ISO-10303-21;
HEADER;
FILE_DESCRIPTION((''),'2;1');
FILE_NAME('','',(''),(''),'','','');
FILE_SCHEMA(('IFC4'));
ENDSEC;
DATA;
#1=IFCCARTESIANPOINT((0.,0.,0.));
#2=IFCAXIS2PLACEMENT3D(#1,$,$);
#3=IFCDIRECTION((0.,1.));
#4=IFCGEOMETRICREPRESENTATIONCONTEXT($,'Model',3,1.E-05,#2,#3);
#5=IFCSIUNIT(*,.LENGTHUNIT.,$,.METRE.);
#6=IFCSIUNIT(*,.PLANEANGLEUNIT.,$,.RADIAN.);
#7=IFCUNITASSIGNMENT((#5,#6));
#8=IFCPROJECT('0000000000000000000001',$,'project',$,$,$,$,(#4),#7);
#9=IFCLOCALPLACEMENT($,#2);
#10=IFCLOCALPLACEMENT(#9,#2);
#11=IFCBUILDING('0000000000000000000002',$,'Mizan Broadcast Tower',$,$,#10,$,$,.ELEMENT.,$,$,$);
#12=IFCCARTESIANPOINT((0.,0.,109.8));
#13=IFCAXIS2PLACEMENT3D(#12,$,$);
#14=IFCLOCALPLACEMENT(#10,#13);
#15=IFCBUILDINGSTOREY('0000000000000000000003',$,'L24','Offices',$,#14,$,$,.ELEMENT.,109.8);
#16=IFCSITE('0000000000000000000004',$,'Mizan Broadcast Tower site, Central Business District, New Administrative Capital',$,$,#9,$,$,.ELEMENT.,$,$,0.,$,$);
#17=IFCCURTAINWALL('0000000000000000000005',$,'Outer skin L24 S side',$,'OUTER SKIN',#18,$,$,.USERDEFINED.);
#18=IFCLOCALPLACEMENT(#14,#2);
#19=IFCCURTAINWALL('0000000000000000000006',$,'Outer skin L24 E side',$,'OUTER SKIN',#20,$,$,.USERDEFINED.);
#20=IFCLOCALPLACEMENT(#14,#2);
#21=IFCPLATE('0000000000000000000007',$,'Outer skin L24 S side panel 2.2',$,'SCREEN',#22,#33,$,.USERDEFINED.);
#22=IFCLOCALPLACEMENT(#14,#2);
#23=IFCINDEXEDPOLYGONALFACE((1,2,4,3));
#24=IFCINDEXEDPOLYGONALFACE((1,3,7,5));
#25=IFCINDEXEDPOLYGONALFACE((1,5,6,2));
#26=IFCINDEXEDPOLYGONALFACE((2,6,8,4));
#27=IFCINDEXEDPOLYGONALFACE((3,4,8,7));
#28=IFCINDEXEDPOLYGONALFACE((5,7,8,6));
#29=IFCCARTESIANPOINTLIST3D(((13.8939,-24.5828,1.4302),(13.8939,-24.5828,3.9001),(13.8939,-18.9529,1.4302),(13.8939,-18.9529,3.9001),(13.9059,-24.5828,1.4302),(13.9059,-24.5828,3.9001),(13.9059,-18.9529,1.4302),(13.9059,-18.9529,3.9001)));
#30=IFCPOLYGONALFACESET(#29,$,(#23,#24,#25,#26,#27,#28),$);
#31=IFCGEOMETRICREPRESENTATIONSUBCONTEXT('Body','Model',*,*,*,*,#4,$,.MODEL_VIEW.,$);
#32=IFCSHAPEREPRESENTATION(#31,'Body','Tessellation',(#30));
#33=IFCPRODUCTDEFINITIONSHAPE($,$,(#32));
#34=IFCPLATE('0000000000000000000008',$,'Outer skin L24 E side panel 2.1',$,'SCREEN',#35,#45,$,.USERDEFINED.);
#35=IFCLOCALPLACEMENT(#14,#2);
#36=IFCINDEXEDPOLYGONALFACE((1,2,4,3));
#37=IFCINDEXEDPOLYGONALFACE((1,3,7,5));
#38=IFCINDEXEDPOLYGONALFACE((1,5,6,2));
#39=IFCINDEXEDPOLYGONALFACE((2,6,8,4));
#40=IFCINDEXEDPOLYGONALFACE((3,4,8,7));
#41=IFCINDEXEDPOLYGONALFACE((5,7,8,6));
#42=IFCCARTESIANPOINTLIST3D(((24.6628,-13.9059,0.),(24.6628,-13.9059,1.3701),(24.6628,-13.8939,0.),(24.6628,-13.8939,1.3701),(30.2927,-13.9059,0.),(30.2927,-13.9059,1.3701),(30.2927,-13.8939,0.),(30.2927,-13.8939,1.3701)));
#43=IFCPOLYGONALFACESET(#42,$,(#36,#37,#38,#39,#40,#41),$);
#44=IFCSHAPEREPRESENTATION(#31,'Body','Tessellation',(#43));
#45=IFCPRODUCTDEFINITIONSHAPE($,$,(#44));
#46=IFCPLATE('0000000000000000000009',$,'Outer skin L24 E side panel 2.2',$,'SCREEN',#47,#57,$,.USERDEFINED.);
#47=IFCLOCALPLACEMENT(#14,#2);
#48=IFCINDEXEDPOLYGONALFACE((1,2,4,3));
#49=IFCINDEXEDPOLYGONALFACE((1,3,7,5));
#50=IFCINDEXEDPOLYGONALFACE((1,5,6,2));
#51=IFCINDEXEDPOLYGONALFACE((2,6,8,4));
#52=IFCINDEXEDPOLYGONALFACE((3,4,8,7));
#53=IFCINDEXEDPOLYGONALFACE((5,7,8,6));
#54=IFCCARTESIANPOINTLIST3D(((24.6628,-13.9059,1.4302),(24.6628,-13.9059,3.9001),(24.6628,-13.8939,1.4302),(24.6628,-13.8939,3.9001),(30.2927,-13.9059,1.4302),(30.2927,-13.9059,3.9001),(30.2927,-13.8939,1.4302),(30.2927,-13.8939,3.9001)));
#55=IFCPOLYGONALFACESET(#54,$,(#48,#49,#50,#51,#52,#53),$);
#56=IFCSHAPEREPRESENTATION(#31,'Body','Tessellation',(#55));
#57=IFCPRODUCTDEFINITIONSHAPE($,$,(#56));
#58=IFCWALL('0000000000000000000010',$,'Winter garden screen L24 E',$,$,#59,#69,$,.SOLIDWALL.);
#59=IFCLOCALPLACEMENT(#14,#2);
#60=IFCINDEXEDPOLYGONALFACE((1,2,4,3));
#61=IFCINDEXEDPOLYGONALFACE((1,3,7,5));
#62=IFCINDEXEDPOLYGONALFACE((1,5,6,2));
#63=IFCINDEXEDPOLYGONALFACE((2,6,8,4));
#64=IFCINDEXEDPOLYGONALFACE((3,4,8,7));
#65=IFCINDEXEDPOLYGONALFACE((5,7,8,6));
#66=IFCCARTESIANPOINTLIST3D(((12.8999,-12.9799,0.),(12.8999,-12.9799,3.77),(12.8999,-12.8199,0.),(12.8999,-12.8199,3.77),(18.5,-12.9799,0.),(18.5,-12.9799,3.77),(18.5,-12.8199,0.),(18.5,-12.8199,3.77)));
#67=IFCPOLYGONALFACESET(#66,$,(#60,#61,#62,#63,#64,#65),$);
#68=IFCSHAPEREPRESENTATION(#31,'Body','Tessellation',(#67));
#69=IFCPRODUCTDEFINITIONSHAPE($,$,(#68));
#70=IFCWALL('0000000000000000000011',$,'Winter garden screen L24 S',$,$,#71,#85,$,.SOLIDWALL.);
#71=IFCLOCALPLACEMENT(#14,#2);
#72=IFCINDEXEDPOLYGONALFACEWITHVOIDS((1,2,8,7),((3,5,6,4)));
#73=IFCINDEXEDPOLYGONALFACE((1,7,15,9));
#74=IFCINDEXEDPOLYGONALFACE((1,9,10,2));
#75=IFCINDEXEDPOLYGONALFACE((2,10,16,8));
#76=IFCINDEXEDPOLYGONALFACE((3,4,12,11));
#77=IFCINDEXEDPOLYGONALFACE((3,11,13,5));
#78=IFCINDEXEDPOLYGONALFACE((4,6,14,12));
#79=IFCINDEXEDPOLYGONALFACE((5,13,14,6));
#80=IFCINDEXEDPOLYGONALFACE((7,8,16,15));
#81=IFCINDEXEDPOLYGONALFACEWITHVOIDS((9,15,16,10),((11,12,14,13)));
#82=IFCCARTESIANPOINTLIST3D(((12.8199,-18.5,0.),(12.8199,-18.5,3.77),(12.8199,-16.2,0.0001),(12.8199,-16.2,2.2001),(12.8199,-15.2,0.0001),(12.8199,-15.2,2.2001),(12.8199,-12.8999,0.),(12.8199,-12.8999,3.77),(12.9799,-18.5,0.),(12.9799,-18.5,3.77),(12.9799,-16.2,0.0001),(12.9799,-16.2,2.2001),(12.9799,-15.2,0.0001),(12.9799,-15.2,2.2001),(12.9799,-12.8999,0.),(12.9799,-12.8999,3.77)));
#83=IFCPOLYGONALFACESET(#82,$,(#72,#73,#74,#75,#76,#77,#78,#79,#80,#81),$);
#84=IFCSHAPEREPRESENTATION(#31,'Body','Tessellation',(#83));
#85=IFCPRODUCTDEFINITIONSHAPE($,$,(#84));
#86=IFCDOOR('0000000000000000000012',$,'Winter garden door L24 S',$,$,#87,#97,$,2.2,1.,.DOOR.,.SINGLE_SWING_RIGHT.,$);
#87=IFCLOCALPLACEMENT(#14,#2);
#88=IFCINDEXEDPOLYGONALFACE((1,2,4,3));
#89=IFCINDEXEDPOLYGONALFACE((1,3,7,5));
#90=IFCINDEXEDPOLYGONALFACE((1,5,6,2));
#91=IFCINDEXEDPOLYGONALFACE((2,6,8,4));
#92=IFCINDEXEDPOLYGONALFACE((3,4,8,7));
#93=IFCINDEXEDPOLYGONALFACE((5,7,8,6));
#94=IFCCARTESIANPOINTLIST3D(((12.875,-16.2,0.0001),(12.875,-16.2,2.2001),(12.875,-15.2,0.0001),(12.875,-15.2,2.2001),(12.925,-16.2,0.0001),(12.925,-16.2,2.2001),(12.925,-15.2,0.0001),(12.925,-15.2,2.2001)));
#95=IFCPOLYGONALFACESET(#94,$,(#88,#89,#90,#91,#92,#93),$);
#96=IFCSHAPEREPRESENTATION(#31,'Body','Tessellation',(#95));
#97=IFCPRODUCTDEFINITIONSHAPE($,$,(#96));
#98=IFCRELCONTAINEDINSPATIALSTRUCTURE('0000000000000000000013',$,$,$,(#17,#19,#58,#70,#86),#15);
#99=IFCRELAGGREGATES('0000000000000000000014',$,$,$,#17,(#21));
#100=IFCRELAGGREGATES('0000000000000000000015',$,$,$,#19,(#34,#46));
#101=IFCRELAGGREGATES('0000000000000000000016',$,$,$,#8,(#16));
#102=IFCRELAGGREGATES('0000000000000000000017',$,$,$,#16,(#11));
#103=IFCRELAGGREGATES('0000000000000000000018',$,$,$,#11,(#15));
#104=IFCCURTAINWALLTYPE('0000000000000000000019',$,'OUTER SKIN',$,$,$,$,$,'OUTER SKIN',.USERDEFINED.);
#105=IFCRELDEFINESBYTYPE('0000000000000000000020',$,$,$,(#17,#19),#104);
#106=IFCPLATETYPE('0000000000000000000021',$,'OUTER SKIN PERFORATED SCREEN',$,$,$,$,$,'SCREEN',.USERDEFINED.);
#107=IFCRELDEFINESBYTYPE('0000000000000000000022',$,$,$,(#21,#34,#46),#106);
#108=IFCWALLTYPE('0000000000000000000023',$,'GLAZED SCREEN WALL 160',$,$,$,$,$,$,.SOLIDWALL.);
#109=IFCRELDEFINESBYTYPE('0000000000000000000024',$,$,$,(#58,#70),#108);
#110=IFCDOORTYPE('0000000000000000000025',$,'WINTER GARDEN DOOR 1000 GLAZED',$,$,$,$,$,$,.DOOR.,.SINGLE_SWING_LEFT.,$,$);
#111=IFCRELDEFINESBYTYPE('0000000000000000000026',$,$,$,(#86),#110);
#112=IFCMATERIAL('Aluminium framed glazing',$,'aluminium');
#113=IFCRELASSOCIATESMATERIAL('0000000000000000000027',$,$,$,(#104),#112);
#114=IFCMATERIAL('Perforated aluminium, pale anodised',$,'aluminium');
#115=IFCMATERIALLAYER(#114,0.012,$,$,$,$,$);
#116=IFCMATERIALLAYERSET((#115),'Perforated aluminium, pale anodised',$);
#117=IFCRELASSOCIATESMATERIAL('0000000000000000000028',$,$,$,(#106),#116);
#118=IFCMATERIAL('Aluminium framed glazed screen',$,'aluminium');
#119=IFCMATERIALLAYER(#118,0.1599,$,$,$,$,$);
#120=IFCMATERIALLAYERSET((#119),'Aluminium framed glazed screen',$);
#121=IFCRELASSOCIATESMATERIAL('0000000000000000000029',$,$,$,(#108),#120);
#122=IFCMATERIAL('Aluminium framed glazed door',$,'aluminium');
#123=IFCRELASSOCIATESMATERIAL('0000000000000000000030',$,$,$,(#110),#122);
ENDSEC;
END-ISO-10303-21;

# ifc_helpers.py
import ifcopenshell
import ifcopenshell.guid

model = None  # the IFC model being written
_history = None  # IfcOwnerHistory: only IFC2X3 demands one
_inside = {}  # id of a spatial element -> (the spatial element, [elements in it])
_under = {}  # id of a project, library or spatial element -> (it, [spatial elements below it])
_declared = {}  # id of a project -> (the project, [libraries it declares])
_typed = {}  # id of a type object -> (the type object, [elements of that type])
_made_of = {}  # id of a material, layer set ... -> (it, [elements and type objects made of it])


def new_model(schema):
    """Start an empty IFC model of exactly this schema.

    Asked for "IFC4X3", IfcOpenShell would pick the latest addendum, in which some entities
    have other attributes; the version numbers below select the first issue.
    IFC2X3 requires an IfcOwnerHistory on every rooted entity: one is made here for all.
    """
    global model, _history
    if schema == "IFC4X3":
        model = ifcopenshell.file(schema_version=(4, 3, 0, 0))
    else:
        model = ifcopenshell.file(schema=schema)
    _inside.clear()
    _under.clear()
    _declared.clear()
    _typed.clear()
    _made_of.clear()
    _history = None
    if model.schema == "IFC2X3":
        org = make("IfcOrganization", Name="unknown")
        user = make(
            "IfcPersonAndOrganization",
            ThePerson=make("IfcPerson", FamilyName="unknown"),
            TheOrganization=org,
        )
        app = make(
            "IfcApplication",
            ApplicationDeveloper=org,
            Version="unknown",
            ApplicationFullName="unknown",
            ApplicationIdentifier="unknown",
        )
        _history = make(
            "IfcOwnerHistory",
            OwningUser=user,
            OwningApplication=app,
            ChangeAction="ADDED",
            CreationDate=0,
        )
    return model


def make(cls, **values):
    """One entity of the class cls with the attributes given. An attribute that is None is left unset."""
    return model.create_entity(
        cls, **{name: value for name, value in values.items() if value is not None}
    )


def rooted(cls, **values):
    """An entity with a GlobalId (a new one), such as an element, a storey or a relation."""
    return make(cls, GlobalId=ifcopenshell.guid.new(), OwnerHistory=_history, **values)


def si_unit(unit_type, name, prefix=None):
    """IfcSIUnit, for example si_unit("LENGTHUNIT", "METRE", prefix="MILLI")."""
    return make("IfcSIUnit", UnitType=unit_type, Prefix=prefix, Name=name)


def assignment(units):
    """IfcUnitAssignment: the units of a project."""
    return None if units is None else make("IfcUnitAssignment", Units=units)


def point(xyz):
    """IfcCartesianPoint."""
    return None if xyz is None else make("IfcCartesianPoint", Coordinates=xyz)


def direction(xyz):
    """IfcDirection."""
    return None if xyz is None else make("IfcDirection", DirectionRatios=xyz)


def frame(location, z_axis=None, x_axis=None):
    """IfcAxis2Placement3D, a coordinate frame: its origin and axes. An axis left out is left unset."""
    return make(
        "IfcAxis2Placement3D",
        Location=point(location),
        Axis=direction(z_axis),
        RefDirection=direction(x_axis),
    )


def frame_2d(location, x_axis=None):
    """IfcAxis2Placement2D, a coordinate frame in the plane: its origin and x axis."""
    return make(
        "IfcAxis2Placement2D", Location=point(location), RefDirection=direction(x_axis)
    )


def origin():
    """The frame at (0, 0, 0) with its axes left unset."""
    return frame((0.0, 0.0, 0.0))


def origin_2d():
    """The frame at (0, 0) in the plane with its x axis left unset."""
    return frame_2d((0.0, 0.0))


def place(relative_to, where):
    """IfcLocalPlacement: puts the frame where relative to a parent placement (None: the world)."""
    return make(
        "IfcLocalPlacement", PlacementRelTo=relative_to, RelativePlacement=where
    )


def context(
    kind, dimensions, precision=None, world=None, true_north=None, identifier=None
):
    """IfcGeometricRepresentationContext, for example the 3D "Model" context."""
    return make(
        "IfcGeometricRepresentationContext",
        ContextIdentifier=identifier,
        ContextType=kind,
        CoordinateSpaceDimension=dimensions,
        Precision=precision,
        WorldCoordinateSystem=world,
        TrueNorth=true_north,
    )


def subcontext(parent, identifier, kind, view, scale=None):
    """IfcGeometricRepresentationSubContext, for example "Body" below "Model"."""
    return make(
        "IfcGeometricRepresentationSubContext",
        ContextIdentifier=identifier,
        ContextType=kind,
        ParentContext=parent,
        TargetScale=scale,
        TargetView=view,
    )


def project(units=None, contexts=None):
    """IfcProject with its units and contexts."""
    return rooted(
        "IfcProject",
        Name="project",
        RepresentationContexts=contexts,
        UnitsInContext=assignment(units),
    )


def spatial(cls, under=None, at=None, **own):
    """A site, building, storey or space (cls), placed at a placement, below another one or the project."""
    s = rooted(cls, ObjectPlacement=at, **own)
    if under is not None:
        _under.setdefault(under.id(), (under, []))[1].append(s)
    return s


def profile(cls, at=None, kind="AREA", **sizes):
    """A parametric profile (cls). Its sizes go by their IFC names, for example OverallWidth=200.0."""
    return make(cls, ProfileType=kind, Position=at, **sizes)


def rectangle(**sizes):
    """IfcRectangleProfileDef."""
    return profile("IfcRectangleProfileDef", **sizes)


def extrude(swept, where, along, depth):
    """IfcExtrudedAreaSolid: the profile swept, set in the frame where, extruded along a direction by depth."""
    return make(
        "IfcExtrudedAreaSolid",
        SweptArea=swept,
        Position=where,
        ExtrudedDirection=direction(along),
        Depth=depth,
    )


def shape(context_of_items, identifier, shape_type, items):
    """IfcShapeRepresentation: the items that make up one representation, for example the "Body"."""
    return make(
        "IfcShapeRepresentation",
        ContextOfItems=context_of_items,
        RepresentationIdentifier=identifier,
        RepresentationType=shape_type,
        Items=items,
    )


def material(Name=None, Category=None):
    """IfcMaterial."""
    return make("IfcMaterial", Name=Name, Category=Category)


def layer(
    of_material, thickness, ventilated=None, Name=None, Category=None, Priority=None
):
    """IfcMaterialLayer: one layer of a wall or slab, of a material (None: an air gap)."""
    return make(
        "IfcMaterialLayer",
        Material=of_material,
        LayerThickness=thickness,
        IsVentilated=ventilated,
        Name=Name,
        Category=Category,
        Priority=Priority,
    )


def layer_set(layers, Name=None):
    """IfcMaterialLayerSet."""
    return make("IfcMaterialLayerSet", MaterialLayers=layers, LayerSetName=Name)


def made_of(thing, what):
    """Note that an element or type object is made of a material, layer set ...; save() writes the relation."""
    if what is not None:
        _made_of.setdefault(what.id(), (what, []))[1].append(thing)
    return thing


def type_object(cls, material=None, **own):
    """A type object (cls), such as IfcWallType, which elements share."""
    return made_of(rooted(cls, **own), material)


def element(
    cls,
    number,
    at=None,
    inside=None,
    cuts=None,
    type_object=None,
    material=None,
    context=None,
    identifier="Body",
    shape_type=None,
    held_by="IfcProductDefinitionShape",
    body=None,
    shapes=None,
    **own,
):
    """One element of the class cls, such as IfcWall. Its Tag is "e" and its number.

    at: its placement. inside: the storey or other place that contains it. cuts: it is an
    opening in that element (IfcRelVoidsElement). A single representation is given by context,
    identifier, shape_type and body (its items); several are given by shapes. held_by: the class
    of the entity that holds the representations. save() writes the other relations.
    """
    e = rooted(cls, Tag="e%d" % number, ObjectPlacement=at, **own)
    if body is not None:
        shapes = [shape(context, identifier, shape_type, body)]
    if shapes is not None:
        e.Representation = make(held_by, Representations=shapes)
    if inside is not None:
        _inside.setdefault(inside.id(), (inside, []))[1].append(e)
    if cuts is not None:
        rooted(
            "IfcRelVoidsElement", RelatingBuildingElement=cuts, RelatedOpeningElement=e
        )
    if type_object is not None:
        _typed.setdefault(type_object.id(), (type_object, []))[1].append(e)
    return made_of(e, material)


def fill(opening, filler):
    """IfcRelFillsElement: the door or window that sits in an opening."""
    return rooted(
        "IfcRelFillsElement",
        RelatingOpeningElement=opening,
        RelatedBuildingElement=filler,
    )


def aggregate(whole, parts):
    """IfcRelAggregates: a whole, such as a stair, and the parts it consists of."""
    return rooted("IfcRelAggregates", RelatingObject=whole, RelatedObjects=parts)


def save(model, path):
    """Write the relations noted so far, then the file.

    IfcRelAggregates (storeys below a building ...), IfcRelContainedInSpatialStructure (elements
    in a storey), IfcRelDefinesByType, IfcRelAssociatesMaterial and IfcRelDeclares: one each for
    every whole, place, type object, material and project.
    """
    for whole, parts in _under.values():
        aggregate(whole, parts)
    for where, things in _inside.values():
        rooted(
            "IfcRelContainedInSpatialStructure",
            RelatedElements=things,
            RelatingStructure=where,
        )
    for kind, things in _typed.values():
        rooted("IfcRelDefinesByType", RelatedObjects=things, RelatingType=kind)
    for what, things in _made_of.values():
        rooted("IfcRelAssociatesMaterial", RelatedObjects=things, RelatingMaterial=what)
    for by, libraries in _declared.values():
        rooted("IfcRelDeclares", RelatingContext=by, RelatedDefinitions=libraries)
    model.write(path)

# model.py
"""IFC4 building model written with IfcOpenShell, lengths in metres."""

from ifc_helpers import new_model, si_unit, direction, frame, frame_2d, origin, origin_2d, place, context, subcontext, project, spatial, rectangle, extrude, material, layer, layer_set, type_object, element, fill, aggregate, save


model = new_model("IFC4")

# Units and contexts
model_context = context("Model", 3, precision=1e-05, world=origin(), true_north=direction((0.0, 1.0)))
body_context = subcontext(model_context, "Body", "Model", "MODEL_VIEW")
ifc_project = project(units=[si_unit("LENGTHUNIT", "METRE"), si_unit("PLANEANGLEUNIT", "RADIAN")], contexts=[model_context])

# Site, building, storey
site_placement = place(None, origin())
site = spatial("IfcSite", under=ifc_project, at=site_placement, Name="Mizan Broadcast Tower site, Central Business District, New Administrative Capital", CompositionType="ELEMENT", RefElevation=0.0)
building_placement = place(site_placement, origin())
building = spatial("IfcBuilding", under=site, at=building_placement, Name="Mizan Broadcast Tower", CompositionType="ELEMENT")
storey_placement = place(building_placement, frame((0.0, 0.0, 109.8)))
storey = spatial("IfcBuildingStorey", under=building, at=storey_placement, Name="L24", Description="Offices", CompositionType="ELEMENT", Elevation=109.8)

# Shared definitions
ifc_material_1 = material(Name="Aluminium framed glazing", Category="aluminium")
curtain_wall_type_1 = type_object("IfcCurtainWallType", Name="OUTER SKIN", ElementType="OUTER SKIN", PredefinedType="USERDEFINED", material=ifc_material_1)

# Curtain wall
curtain_wall_1_placement = place(storey_placement, origin())
curtain_wall_1 = element("IfcCurtainWall", 1, at=curtain_wall_1_placement, inside=storey, type_object=curtain_wall_type_1, Name="Outer skin L24 S side", ObjectType="OUTER SKIN", PredefinedType="USERDEFINED")

# Curtain wall
curtain_wall_2_placement = place(storey_placement, origin())
curtain_wall_2 = element("IfcCurtainWall", 2, at=curtain_wall_2_placement, inside=storey, type_object=curtain_wall_type_1, Name="Outer skin L24 E side", ObjectType="OUTER SKIN", PredefinedType="USERDEFINED")

# Plates
ifc_material_2 = material(Name="Perforated aluminium, pale anodised", Category="aluminium")
ifc_layer_1 = layer(ifc_material_2, 0.012)
ifc_layer_set_1 = layer_set([ifc_layer_1], Name="Perforated aluminium, pale anodised")
plate_type_1 = type_object("IfcPlateType", Name="OUTER SKIN PERFORATED SCREEN", ElementType="SCREEN", PredefinedType="USERDEFINED", material=ifc_layer_set_1)
plate_1_placement = place(storey_placement, frame((13.8999, -21.7678, 1.4302), z_axis=(0.0, 0.0, 1.0), x_axis=(0.0, 1.0, 0.0)))
plate_1 = element("IfcPlate", 3, at=plate_1_placement, type_object=plate_type_1, Name="Outer skin L24 S side panel 2.2", ObjectType="SCREEN", PredefinedType="USERDEFINED", context=body_context, shape_type="SweptSolid", body=[
    extrude(rectangle(XDim=5.6299, YDim=0.012, at=origin_2d()), origin(), (0.0, 0.0, 1.0), 2.47),
])
aggregate(curtain_wall_1, [plate_1])
plate_2_placement = place(storey_placement, frame((27.4778, -13.8999, 0.0), z_axis=(0.0, 0.0, 1.0), x_axis=(1.0, 0.0, 0.0)))
plate_2 = element("IfcPlate", 4, at=plate_2_placement, type_object=plate_type_1, Name="Outer skin L24 E side panel 2.1", ObjectType="SCREEN", PredefinedType="USERDEFINED", context=body_context, shape_type="SweptSolid", body=[
    extrude(rectangle(XDim=5.6299, YDim=0.012, at=origin_2d()), origin(), (0.0, 0.0, 1.0), 1.3701),
])
plate_3_placement = place(storey_placement, frame((27.4778, -13.8999, 1.4302), z_axis=(0.0, 0.0, 1.0), x_axis=(1.0, 0.0, 0.0)))
plate_3 = element("IfcPlate", 5, at=plate_3_placement, type_object=plate_type_1, Name="Outer skin L24 E side panel 2.2", ObjectType="SCREEN", PredefinedType="USERDEFINED", context=body_context, shape_type="SweptSolid", body=[
    extrude(rectangle(XDim=5.6299, YDim=0.012, at=origin_2d()), origin(), (0.0, 0.0, 1.0), 2.47),
])
aggregate(curtain_wall_2, [plate_2, plate_3])

# Wall
ifc_material_3 = material(Name="Aluminium framed glazed screen", Category="aluminium")
ifc_layer_2 = layer(ifc_material_3, 0.1599)
ifc_layer_set_2 = layer_set([ifc_layer_2], Name="Aluminium framed glazed screen")
wall_type = type_object("IfcWallType", Name="GLAZED SCREEN WALL 160", PredefinedType="SOLIDWALL", material=ifc_layer_set_2)
wall_1_placement = place(storey_placement, frame((12.8999, -12.8999, 0.0), z_axis=(0.0, 0.0, 1.0), x_axis=(1.0, 0.0, 0.0)))
element("IfcWall", 6, at=wall_1_placement, inside=storey, type_object=wall_type, Name="Winter garden screen L24 E", PredefinedType="SOLIDWALL", context=body_context, shape_type="SweptSolid", body=[
    extrude(rectangle(XDim=5.6001, YDim=0.1599, at=frame_2d((2.8, 0.0))), origin(), (0.0, 0.0, 1.0), 3.77),
])

# Wall, opening, door
wall_2_placement = place(storey_placement, frame((12.8999, -18.5, 0.0), z_axis=(0.0, 0.0, 1.0), x_axis=(0.0, 1.0, 0.0)))
wall_2 = element("IfcWall", 7, at=wall_2_placement, inside=storey, type_object=wall_type, Name="Winter garden screen L24 S", PredefinedType="SOLIDWALL", context=body_context, shape_type="SweptSolid", body=[
    extrude(rectangle(XDim=5.6001, YDim=0.1599, at=frame_2d((2.8, 0.0))), origin(), (0.0, 0.0, 1.0), 3.77),
])
opening_placement = place(wall_2_placement, frame((2.3, 0.0, 0.0)))
opening = element("IfcOpeningElement", 8, at=opening_placement, cuts=wall_2, PredefinedType="OPENING", context=body_context, shape_type="SweptSolid", body=[
    extrude(rectangle(XDim=1.0, YDim=2.2, at=frame_2d((0.5, 1.1001))), frame((0.0, 0.0898, 0.0), z_axis=(0.0, -1.0, 0.0), x_axis=(1.0, 0.0, 0.0)), (0.0, 0.0, 1.0), 0.1799),
])
ifc_material_4 = material(Name="Aluminium framed glazed door", Category="aluminium")
door_type = type_object("IfcDoorType", Name="WINTER GARDEN DOOR 1000 GLAZED", OperationType="SINGLE_SWING_LEFT", PredefinedType="DOOR", material=ifc_material_4)
door_placement = place(opening_placement, origin())
door = element("IfcDoor", 9, at=door_placement, inside=storey, type_object=door_type, Name="Winter garden door L24 S", OperationType="SINGLE_SWING_RIGHT", OverallHeight=2.2, OverallWidth=1.0, PredefinedType="DOOR", context=body_context, shape_type="SweptSolid", body=[
    extrude(rectangle(XDim=1.0, YDim=2.2, at=frame_2d((0.5, 1.1001))), frame((0.0, 0.0249, 0.0), z_axis=(0.0, -1.0, 0.0), x_axis=(1.0, 0.0, 0.0)), (0.0, 0.0, 1.0), 0.05),
])
fill(opening, door)

save(model, "model.ifc")
